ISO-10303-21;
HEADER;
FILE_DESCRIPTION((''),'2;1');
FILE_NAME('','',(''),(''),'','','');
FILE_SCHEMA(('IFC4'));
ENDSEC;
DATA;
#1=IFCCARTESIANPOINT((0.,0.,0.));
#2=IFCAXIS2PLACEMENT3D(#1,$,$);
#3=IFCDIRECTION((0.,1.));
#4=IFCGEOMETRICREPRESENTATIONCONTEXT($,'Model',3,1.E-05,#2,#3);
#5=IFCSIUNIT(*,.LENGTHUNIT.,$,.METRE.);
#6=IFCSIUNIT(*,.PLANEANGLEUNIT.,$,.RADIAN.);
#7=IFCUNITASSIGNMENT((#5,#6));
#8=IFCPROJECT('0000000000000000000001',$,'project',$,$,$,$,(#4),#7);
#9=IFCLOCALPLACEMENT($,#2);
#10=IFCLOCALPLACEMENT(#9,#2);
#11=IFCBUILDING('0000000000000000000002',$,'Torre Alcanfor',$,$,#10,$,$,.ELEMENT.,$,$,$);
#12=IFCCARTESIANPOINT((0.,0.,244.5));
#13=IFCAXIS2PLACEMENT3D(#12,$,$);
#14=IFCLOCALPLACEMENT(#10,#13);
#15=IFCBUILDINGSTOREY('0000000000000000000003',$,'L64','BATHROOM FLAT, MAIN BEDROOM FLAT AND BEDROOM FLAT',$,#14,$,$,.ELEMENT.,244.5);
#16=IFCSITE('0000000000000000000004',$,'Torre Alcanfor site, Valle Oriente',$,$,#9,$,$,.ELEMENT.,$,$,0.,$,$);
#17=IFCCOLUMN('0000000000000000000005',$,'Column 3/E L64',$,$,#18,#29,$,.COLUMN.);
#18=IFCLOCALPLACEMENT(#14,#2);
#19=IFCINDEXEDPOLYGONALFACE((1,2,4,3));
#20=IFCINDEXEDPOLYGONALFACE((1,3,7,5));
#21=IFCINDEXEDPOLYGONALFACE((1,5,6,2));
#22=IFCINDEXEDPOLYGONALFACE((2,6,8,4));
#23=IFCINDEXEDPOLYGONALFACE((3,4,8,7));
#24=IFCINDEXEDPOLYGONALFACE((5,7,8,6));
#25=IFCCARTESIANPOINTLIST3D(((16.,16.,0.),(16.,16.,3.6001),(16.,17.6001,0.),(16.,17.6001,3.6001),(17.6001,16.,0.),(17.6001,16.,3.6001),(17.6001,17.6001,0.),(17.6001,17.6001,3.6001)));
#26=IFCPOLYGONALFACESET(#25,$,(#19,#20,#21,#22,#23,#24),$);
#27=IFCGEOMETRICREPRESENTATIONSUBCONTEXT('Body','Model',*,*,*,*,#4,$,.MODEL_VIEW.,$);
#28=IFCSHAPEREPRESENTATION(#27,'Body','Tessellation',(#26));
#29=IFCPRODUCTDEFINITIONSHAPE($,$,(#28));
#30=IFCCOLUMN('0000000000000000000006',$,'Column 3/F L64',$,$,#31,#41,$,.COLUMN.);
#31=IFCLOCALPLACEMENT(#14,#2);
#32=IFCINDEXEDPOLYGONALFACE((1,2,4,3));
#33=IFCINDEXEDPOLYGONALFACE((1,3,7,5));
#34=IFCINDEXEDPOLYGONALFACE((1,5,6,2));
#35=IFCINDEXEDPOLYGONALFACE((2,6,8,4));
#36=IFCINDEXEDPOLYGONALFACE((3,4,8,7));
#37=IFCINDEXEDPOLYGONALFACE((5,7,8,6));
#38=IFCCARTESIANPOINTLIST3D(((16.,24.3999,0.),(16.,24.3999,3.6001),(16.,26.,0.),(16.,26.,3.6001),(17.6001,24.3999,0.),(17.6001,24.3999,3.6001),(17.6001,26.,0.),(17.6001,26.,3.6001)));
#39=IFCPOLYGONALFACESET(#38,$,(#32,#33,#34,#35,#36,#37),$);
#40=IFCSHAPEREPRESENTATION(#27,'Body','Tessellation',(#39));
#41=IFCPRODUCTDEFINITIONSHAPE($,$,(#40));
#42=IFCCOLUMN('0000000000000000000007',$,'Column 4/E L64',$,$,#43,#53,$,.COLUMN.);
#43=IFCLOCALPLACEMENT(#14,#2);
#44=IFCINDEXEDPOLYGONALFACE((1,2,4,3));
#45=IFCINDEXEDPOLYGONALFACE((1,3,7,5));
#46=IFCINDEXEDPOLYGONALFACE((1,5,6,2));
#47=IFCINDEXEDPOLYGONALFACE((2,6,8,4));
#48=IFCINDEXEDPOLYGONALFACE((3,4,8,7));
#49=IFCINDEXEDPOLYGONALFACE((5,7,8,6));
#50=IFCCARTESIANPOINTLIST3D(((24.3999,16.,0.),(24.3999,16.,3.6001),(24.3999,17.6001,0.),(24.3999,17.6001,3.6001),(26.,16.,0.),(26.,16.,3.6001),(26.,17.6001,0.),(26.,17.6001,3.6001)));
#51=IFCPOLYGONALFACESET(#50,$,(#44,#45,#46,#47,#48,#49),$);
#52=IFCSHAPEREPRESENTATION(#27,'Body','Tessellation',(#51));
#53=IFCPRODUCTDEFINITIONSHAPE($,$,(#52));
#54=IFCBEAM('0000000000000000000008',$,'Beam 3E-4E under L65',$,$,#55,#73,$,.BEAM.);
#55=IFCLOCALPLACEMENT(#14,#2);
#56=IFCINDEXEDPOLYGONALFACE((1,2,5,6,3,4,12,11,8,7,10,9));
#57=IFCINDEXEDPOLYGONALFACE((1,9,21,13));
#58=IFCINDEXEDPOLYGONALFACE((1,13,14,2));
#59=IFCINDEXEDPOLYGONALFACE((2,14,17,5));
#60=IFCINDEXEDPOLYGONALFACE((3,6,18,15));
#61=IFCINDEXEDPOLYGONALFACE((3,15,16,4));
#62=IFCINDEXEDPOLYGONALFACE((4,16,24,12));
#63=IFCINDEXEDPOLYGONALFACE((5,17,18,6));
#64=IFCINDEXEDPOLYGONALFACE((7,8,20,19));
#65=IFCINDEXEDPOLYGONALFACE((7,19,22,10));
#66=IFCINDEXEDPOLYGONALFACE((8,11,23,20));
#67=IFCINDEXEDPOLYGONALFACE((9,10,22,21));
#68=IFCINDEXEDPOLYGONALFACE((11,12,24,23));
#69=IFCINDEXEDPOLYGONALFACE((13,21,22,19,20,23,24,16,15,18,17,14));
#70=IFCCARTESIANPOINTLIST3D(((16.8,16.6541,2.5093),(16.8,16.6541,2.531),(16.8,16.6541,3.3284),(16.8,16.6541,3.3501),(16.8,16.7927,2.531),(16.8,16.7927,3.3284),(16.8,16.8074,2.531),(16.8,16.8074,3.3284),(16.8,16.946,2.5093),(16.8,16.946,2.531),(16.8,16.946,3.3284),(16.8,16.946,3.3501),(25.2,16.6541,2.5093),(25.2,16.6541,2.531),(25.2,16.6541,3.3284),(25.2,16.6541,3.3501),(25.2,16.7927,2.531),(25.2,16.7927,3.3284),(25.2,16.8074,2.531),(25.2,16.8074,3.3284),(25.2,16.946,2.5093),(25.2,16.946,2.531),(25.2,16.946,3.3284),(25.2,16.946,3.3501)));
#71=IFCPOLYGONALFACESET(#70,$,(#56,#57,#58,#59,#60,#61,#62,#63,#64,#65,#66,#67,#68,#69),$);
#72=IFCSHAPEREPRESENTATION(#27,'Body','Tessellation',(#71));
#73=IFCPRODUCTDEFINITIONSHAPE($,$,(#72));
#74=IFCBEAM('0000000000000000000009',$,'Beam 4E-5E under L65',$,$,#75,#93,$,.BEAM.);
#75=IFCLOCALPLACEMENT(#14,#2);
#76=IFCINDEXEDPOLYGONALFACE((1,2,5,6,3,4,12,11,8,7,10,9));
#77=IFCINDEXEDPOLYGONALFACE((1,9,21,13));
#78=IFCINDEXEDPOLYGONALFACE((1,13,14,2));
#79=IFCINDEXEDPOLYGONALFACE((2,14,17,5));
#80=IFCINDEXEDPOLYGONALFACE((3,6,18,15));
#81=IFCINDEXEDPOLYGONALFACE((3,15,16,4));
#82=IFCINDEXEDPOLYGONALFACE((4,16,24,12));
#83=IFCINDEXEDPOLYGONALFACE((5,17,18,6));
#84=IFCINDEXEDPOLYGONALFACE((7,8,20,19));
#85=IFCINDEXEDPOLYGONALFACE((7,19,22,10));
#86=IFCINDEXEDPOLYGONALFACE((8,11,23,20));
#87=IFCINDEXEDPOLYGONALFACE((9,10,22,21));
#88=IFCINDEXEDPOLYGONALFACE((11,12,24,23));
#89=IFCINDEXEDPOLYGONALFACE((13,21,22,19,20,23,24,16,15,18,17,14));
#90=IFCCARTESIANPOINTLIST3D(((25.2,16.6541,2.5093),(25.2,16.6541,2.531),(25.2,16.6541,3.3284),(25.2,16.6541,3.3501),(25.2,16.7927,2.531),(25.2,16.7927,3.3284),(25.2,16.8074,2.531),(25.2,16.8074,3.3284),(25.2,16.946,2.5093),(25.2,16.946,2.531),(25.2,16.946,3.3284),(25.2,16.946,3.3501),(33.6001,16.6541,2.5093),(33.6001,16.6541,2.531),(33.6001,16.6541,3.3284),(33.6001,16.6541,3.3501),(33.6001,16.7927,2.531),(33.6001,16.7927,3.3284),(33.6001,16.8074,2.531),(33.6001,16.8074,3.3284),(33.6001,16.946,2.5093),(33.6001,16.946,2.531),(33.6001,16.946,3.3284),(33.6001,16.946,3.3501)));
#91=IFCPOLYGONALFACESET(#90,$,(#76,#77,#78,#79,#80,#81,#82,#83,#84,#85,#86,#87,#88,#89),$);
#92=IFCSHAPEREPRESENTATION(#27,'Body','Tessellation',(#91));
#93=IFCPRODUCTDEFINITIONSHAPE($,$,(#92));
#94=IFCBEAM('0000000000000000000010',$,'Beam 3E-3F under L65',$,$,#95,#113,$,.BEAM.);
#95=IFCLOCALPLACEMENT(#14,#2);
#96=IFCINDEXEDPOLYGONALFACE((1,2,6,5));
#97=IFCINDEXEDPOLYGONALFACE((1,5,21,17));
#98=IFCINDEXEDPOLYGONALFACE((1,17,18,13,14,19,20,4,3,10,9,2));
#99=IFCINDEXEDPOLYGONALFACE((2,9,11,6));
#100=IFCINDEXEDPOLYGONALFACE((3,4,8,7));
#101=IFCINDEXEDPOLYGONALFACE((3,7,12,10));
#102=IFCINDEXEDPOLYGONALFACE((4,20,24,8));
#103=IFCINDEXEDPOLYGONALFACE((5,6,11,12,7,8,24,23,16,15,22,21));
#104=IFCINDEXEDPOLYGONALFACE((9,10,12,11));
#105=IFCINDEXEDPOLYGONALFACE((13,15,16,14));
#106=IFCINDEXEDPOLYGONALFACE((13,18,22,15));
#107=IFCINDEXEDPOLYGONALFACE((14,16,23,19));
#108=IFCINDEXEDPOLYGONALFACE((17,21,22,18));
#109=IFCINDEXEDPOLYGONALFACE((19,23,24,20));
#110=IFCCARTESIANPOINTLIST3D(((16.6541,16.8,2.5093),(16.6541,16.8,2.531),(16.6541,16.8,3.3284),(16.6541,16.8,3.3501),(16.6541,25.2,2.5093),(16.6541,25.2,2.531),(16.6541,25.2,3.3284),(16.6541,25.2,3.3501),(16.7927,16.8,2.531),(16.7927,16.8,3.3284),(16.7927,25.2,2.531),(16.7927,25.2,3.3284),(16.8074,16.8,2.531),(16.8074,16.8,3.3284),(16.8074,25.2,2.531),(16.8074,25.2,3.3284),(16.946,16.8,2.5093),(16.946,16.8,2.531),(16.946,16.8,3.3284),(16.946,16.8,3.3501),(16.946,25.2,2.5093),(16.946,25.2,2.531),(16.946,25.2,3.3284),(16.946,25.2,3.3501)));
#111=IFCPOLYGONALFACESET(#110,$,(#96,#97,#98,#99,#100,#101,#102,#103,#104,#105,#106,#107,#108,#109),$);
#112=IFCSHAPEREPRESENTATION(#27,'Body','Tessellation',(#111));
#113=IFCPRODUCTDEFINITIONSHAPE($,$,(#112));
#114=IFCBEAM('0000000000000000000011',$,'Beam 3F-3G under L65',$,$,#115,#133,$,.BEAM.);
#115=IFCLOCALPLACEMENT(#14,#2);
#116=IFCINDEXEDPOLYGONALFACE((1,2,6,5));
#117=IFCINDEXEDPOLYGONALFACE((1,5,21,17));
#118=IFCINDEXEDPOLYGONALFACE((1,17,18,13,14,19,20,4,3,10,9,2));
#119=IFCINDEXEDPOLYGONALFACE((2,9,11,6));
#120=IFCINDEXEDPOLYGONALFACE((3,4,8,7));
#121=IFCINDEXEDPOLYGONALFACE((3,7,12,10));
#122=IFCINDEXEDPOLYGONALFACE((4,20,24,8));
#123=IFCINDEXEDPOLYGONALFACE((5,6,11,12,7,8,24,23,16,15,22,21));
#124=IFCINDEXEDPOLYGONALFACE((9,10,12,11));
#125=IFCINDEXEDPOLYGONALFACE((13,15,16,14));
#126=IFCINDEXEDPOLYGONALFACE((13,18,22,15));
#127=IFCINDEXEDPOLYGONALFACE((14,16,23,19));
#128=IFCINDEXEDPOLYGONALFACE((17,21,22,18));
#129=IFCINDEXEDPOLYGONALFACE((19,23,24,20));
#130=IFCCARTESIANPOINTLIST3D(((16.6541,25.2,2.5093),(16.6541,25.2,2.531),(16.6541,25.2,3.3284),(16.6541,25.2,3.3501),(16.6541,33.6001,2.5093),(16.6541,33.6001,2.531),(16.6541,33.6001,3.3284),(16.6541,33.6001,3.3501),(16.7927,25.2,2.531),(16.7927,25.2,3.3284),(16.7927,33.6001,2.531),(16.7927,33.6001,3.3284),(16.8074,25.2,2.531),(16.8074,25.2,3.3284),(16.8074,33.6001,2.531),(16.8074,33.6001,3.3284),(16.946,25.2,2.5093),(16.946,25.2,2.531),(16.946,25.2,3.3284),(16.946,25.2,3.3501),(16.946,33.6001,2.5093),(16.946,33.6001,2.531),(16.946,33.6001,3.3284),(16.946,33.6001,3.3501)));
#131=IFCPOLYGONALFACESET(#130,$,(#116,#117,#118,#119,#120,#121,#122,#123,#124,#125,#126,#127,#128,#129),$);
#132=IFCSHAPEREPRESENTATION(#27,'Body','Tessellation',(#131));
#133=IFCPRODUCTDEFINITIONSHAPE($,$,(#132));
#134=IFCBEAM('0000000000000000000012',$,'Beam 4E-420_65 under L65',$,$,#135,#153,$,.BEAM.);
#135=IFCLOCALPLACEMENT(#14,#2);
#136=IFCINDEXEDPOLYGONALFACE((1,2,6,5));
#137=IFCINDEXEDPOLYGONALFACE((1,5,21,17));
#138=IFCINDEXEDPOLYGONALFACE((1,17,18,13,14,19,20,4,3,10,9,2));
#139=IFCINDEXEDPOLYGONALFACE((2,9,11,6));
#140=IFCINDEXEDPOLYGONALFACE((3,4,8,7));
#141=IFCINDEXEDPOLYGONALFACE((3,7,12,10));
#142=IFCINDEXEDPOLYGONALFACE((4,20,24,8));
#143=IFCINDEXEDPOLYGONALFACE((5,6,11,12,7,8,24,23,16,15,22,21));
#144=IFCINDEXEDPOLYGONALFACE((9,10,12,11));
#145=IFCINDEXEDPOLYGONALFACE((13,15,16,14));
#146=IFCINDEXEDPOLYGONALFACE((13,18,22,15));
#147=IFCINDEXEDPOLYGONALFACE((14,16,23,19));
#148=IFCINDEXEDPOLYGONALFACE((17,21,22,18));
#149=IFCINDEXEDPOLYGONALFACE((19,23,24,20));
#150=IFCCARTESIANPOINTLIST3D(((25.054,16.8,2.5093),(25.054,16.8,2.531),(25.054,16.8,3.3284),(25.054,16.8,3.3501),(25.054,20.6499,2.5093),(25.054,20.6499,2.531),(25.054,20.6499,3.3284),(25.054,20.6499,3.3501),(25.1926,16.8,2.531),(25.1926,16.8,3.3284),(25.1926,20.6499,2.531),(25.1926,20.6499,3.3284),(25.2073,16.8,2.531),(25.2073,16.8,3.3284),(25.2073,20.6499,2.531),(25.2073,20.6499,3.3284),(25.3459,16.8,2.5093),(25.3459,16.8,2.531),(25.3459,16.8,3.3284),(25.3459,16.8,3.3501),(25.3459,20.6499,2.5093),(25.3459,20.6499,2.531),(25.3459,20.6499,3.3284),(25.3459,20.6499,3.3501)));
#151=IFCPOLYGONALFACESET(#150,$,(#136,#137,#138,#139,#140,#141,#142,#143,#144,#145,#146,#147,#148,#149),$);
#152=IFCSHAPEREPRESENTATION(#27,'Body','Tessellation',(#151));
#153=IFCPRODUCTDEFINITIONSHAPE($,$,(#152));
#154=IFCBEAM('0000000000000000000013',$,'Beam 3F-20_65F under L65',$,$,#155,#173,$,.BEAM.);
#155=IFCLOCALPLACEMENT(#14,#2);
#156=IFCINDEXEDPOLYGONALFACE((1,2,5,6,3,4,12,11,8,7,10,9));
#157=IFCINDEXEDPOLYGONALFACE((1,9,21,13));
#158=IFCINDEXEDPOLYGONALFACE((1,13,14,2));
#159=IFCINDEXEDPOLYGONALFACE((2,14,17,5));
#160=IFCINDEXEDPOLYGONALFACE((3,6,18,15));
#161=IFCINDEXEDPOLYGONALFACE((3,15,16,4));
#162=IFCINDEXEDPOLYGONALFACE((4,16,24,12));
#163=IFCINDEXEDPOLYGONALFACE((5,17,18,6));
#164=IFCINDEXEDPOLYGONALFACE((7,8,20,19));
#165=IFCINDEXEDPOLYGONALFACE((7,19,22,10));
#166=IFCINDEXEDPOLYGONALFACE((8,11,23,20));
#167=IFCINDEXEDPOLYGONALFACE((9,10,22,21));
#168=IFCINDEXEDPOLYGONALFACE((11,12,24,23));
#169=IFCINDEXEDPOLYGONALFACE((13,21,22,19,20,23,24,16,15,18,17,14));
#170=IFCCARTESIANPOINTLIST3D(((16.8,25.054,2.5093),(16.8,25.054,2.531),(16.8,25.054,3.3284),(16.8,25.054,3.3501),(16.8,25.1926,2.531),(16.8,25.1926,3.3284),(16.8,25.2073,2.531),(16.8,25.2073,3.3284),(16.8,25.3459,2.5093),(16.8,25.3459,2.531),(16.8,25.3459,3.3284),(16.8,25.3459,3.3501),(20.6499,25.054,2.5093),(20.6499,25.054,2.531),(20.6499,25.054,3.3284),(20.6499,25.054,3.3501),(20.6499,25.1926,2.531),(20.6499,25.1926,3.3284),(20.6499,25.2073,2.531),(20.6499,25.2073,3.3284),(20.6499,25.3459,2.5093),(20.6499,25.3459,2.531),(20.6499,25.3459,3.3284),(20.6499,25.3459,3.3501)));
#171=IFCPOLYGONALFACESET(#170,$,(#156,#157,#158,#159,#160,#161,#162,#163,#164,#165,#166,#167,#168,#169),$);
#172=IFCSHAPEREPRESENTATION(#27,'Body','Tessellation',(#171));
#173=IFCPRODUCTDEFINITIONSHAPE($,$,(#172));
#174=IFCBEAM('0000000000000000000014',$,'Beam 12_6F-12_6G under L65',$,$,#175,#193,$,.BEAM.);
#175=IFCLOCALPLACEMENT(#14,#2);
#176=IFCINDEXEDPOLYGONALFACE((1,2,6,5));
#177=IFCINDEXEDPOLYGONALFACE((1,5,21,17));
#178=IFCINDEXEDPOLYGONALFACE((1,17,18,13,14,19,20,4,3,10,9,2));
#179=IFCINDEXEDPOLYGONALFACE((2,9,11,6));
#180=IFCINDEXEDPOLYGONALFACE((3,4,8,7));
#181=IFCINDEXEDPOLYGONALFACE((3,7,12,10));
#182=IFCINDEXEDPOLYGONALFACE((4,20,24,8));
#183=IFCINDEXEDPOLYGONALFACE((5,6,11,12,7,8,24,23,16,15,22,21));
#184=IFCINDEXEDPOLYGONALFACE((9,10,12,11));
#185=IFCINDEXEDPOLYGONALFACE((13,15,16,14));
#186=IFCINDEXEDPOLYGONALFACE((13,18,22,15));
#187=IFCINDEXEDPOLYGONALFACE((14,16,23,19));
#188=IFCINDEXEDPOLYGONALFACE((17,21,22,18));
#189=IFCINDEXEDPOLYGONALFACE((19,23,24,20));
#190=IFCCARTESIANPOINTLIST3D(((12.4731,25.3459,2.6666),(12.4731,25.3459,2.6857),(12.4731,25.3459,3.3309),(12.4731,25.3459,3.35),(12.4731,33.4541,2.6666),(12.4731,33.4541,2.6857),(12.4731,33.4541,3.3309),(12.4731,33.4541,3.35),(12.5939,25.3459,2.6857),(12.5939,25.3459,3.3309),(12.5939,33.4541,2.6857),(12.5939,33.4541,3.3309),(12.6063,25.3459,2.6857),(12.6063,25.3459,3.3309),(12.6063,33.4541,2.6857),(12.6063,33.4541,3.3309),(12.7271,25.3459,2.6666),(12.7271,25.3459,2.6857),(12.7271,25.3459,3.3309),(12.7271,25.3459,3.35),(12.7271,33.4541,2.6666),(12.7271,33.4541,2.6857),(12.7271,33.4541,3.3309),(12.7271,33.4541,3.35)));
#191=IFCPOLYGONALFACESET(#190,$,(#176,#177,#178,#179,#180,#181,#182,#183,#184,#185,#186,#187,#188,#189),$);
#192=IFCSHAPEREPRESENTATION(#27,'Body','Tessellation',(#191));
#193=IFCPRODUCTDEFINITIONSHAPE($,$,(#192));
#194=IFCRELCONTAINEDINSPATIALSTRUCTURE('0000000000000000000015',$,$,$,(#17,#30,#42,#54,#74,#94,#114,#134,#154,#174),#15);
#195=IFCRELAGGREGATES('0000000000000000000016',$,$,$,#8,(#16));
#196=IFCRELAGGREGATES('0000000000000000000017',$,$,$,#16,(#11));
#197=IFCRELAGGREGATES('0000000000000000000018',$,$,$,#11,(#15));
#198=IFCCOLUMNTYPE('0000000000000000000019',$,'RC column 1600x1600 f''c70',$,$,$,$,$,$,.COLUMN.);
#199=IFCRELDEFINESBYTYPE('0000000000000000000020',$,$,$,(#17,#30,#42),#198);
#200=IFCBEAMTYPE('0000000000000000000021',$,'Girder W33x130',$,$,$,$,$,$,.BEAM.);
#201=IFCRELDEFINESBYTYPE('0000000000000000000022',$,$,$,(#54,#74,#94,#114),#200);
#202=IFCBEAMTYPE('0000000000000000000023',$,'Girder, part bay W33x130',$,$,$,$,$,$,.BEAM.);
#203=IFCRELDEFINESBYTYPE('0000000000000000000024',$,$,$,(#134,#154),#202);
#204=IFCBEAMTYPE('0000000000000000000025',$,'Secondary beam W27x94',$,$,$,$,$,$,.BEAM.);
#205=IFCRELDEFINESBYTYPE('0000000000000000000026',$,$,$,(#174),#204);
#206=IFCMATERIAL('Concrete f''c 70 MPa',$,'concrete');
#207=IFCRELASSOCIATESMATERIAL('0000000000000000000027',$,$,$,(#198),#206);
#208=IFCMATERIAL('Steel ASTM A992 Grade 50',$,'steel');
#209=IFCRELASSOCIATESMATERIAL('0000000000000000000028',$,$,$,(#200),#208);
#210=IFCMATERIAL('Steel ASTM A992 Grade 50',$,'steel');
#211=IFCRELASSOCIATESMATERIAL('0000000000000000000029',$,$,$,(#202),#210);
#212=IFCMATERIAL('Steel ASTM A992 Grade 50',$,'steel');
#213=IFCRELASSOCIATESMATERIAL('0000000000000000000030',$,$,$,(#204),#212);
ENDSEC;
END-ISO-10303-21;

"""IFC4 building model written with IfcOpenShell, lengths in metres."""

from ifc_helpers import new_model, si_unit, direction, frame, origin, origin_2d, place, context, subcontext, project, spatial, rectangle, i_section, extrude, material, material_profile, profile_set, type_object, element, save


model = new_model("IFC4")

# Units and contexts
model_context = context("Model", 3, precision=1e-05, world=origin(), true_north=direction((0.0, 1.0)))
body_context = subcontext(model_context, "Body", "Model", "MODEL_VIEW")
ifc_project = project(units=[si_unit("LENGTHUNIT", "METRE"), si_unit("PLANEANGLEUNIT", "RADIAN")], contexts=[model_context])

# Site, building, storey
site_placement = place(None, origin())
site = spatial("IfcSite", under=ifc_project, at=site_placement, Name="Torre Alcanfor site, Valle Oriente", CompositionType="ELEMENT", RefElevation=0.0)
building_placement = place(site_placement, origin())
building = spatial("IfcBuilding", under=site, at=building_placement, Name="Torre Alcanfor", CompositionType="ELEMENT")
storey_placement = place(building_placement, frame((0.0, 0.0, 244.5)))
storey = spatial("IfcBuildingStorey", under=building, at=storey_placement, Name="L64", Description="BATHROOM FLAT, MAIN BEDROOM FLAT AND BEDROOM FLAT", CompositionType="ELEMENT", Elevation=244.5)

# Columns
ifc_material_1 = material(Name="Concrete f'c 70 MPa", Category="concrete")
ifc_material_profile_1 = material_profile(ifc_material_1, rectangle(XDim=1.6001, YDim=1.6001, at=origin_2d()), Name="1600x1600")
ifc_profile_set_1 = profile_set([ifc_material_profile_1], Name="Concrete f'c 70 MPa")
column_type = type_object("IfcColumnType", Name="RC column 1600x1600 f'c70", PredefinedType="COLUMN", material=ifc_profile_set_1)
for number, where, z_axis, x_axis, name in (
    (1, (16.8, 16.8, 0.0), (0.0, 0.0, 1.0), (1.0, 0.0, 0.0), "Column 3/E L64"),
    (2, (16.8, 25.2, 0.0), (0.0, 0.0, 1.0), (1.0, 0.0, 0.0), "Column 3/F L64"),
    (3, (25.2, 16.8, 0.0), (0.0, 0.0, 1.0), (1.0, 0.0, 0.0), "Column 4/E L64"),
):
    element("IfcColumn", number, at=place(storey_placement, frame(where, z_axis=z_axis, x_axis=x_axis)), inside=storey, type_object=column_type, Name=name, PredefinedType="COLUMN", context=body_context, shape_type="SweptSolid", body=[
        extrude(rectangle(XDim=1.6001, YDim=1.6001, at=origin_2d()), origin(), (0.0, 0.0, 1.0), 3.6001),
    ])

# Beams
ifc_material_2 = material(Name="Steel ASTM A992 Grade 50", Category="steel")
ifc_material_profile_2 = material_profile(ifc_material_2, i_section(OverallWidth=0.292, OverallDepth=0.8408, WebThickness=0.0146, FlangeThickness=0.0217, at=origin_2d()), Name="W33x130")
ifc_profile_set_2 = profile_set([ifc_material_profile_2], Name="Steel ASTM A992 Grade 50")
beam_type_1 = type_object("IfcBeamType", Name="Girder W33x130", PredefinedType="BEAM", material=ifc_profile_set_2)
beam_1_placement = place(storey_placement, frame((16.8, 16.8, 2.9297), z_axis=(1.0, 0.0, 0.0), x_axis=(0.0, 1.0, 0.0)))
element("IfcBeam", 4, at=beam_1_placement, inside=storey, type_object=beam_type_1, Name="Beam 3E-4E under L65", PredefinedType="BEAM", context=body_context, shape_type="SweptSolid", body=[
    extrude(i_section(OverallWidth=0.292, OverallDepth=0.8408, WebThickness=0.0146, FlangeThickness=0.0217, at=origin_2d()), origin(), (0.0, 0.0, 1.0), 8.3999),
])
beam_2_placement = place(storey_placement, frame((25.2, 16.8, 2.9297), z_axis=(1.0, 0.0, 0.0), x_axis=(0.0, 1.0, 0.0)))
element("IfcBeam", 5, at=beam_2_placement, inside=storey, type_object=beam_type_1, Name="Beam 4E-5E under L65", PredefinedType="BEAM", context=body_context, shape_type="SweptSolid", body=[
    extrude(i_section(OverallWidth=0.292, OverallDepth=0.8408, WebThickness=0.0146, FlangeThickness=0.0217, at=origin_2d()), origin(), (0.0, 0.0, 1.0), 8.4001),
])
beam_3_placement = place(storey_placement, frame((16.8, 16.8, 2.9297), z_axis=(0.0, 1.0, 0.0), x_axis=(-1.0, 0.0, 0.0)))
element("IfcBeam", 6, at=beam_3_placement, inside=storey, type_object=beam_type_1, Name="Beam 3E-3F under L65", PredefinedType="BEAM", context=body_context, shape_type="SweptSolid", body=[
    extrude(i_section(OverallWidth=0.292, OverallDepth=0.8408, WebThickness=0.0146, FlangeThickness=0.0217, at=origin_2d()), origin(), (0.0, 0.0, 1.0), 8.3999),
])
beam_4_placement = place(storey_placement, frame((16.8, 25.2, 2.9297), z_axis=(0.0, 1.0, 0.0), x_axis=(-1.0, 0.0, 0.0)))
element("IfcBeam", 7, at=beam_4_placement, inside=storey, type_object=beam_type_1, Name="Beam 3F-3G under L65", PredefinedType="BEAM", context=body_context, shape_type="SweptSolid", body=[
    extrude(i_section(OverallWidth=0.292, OverallDepth=0.8408, WebThickness=0.0146, FlangeThickness=0.0217, at=origin_2d()), origin(), (0.0, 0.0, 1.0), 8.4001),
])
ifc_material_3 = material(Name="Steel ASTM A992 Grade 50", Category="steel")
ifc_material_profile_3 = material_profile(ifc_material_3, i_section(OverallWidth=0.292, OverallDepth=0.8408, WebThickness=0.0146, FlangeThickness=0.0217, at=origin_2d()), Name="W33x130")
ifc_profile_set_3 = profile_set([ifc_material_profile_3], Name="Steel ASTM A992 Grade 50")
beam_type_2 = type_object("IfcBeamType", Name="Girder, part bay W33x130", PredefinedType="BEAM", material=ifc_profile_set_3)
for number, where, z_axis, x_axis, name in (
    (8, (25.2, 16.8, 2.9297), (0.0, 1.0, 0.0), (-1.0, 0.0, 0.0), "Beam 4E-420_65 under L65"),
    (9, (16.8, 25.2, 2.9297), (1.0, 0.0, 0.0), (0.0, 1.0, 0.0), "Beam 3F-20_65F under L65"),
):
    element("IfcBeam", number, at=place(storey_placement, frame(where, z_axis=z_axis, x_axis=x_axis)), inside=storey, type_object=beam_type_2, Name=name, PredefinedType="BEAM", context=body_context, shape_type="SweptSolid", body=[
        extrude(i_section(OverallWidth=0.292, OverallDepth=0.8408, WebThickness=0.0146, FlangeThickness=0.0217, at=origin_2d()), origin(), (0.0, 0.0, 1.0), 3.8499),
    ])
ifc_material_4 = material(Name="Steel ASTM A992 Grade 50", Category="steel")
ifc_material_profile_4 = material_profile(ifc_material_4, i_section(OverallWidth=0.2539, OverallDepth=0.6833, WebThickness=0.0125, FlangeThickness=0.019, at=origin_2d()), Name="W27x94")
ifc_profile_set_4 = profile_set([ifc_material_profile_4], Name="Steel ASTM A992 Grade 50")
beam_type_3 = type_object("IfcBeamType", Name="Secondary beam W27x94", PredefinedType="BEAM", material=ifc_profile_set_4)
beam_5_placement = place(storey_placement, frame((12.6001, 25.3459, 3.0083), z_axis=(0.0, 1.0, 0.0), x_axis=(-1.0, 0.0, 0.0)))
element("IfcBeam", 10, at=beam_5_placement, inside=storey, type_object=beam_type_3, Name="Beam 12_6F-12_6G under L65", PredefinedType="BEAM", context=body_context, shape_type="SweptSolid", body=[
    extrude(i_section(OverallWidth=0.2539, OverallDepth=0.6833, WebThickness=0.0125, FlangeThickness=0.019, at=origin_2d()), origin(), (0.0, 0.0, 1.0), 8.1082),
])

save(model, "model.ifc")
